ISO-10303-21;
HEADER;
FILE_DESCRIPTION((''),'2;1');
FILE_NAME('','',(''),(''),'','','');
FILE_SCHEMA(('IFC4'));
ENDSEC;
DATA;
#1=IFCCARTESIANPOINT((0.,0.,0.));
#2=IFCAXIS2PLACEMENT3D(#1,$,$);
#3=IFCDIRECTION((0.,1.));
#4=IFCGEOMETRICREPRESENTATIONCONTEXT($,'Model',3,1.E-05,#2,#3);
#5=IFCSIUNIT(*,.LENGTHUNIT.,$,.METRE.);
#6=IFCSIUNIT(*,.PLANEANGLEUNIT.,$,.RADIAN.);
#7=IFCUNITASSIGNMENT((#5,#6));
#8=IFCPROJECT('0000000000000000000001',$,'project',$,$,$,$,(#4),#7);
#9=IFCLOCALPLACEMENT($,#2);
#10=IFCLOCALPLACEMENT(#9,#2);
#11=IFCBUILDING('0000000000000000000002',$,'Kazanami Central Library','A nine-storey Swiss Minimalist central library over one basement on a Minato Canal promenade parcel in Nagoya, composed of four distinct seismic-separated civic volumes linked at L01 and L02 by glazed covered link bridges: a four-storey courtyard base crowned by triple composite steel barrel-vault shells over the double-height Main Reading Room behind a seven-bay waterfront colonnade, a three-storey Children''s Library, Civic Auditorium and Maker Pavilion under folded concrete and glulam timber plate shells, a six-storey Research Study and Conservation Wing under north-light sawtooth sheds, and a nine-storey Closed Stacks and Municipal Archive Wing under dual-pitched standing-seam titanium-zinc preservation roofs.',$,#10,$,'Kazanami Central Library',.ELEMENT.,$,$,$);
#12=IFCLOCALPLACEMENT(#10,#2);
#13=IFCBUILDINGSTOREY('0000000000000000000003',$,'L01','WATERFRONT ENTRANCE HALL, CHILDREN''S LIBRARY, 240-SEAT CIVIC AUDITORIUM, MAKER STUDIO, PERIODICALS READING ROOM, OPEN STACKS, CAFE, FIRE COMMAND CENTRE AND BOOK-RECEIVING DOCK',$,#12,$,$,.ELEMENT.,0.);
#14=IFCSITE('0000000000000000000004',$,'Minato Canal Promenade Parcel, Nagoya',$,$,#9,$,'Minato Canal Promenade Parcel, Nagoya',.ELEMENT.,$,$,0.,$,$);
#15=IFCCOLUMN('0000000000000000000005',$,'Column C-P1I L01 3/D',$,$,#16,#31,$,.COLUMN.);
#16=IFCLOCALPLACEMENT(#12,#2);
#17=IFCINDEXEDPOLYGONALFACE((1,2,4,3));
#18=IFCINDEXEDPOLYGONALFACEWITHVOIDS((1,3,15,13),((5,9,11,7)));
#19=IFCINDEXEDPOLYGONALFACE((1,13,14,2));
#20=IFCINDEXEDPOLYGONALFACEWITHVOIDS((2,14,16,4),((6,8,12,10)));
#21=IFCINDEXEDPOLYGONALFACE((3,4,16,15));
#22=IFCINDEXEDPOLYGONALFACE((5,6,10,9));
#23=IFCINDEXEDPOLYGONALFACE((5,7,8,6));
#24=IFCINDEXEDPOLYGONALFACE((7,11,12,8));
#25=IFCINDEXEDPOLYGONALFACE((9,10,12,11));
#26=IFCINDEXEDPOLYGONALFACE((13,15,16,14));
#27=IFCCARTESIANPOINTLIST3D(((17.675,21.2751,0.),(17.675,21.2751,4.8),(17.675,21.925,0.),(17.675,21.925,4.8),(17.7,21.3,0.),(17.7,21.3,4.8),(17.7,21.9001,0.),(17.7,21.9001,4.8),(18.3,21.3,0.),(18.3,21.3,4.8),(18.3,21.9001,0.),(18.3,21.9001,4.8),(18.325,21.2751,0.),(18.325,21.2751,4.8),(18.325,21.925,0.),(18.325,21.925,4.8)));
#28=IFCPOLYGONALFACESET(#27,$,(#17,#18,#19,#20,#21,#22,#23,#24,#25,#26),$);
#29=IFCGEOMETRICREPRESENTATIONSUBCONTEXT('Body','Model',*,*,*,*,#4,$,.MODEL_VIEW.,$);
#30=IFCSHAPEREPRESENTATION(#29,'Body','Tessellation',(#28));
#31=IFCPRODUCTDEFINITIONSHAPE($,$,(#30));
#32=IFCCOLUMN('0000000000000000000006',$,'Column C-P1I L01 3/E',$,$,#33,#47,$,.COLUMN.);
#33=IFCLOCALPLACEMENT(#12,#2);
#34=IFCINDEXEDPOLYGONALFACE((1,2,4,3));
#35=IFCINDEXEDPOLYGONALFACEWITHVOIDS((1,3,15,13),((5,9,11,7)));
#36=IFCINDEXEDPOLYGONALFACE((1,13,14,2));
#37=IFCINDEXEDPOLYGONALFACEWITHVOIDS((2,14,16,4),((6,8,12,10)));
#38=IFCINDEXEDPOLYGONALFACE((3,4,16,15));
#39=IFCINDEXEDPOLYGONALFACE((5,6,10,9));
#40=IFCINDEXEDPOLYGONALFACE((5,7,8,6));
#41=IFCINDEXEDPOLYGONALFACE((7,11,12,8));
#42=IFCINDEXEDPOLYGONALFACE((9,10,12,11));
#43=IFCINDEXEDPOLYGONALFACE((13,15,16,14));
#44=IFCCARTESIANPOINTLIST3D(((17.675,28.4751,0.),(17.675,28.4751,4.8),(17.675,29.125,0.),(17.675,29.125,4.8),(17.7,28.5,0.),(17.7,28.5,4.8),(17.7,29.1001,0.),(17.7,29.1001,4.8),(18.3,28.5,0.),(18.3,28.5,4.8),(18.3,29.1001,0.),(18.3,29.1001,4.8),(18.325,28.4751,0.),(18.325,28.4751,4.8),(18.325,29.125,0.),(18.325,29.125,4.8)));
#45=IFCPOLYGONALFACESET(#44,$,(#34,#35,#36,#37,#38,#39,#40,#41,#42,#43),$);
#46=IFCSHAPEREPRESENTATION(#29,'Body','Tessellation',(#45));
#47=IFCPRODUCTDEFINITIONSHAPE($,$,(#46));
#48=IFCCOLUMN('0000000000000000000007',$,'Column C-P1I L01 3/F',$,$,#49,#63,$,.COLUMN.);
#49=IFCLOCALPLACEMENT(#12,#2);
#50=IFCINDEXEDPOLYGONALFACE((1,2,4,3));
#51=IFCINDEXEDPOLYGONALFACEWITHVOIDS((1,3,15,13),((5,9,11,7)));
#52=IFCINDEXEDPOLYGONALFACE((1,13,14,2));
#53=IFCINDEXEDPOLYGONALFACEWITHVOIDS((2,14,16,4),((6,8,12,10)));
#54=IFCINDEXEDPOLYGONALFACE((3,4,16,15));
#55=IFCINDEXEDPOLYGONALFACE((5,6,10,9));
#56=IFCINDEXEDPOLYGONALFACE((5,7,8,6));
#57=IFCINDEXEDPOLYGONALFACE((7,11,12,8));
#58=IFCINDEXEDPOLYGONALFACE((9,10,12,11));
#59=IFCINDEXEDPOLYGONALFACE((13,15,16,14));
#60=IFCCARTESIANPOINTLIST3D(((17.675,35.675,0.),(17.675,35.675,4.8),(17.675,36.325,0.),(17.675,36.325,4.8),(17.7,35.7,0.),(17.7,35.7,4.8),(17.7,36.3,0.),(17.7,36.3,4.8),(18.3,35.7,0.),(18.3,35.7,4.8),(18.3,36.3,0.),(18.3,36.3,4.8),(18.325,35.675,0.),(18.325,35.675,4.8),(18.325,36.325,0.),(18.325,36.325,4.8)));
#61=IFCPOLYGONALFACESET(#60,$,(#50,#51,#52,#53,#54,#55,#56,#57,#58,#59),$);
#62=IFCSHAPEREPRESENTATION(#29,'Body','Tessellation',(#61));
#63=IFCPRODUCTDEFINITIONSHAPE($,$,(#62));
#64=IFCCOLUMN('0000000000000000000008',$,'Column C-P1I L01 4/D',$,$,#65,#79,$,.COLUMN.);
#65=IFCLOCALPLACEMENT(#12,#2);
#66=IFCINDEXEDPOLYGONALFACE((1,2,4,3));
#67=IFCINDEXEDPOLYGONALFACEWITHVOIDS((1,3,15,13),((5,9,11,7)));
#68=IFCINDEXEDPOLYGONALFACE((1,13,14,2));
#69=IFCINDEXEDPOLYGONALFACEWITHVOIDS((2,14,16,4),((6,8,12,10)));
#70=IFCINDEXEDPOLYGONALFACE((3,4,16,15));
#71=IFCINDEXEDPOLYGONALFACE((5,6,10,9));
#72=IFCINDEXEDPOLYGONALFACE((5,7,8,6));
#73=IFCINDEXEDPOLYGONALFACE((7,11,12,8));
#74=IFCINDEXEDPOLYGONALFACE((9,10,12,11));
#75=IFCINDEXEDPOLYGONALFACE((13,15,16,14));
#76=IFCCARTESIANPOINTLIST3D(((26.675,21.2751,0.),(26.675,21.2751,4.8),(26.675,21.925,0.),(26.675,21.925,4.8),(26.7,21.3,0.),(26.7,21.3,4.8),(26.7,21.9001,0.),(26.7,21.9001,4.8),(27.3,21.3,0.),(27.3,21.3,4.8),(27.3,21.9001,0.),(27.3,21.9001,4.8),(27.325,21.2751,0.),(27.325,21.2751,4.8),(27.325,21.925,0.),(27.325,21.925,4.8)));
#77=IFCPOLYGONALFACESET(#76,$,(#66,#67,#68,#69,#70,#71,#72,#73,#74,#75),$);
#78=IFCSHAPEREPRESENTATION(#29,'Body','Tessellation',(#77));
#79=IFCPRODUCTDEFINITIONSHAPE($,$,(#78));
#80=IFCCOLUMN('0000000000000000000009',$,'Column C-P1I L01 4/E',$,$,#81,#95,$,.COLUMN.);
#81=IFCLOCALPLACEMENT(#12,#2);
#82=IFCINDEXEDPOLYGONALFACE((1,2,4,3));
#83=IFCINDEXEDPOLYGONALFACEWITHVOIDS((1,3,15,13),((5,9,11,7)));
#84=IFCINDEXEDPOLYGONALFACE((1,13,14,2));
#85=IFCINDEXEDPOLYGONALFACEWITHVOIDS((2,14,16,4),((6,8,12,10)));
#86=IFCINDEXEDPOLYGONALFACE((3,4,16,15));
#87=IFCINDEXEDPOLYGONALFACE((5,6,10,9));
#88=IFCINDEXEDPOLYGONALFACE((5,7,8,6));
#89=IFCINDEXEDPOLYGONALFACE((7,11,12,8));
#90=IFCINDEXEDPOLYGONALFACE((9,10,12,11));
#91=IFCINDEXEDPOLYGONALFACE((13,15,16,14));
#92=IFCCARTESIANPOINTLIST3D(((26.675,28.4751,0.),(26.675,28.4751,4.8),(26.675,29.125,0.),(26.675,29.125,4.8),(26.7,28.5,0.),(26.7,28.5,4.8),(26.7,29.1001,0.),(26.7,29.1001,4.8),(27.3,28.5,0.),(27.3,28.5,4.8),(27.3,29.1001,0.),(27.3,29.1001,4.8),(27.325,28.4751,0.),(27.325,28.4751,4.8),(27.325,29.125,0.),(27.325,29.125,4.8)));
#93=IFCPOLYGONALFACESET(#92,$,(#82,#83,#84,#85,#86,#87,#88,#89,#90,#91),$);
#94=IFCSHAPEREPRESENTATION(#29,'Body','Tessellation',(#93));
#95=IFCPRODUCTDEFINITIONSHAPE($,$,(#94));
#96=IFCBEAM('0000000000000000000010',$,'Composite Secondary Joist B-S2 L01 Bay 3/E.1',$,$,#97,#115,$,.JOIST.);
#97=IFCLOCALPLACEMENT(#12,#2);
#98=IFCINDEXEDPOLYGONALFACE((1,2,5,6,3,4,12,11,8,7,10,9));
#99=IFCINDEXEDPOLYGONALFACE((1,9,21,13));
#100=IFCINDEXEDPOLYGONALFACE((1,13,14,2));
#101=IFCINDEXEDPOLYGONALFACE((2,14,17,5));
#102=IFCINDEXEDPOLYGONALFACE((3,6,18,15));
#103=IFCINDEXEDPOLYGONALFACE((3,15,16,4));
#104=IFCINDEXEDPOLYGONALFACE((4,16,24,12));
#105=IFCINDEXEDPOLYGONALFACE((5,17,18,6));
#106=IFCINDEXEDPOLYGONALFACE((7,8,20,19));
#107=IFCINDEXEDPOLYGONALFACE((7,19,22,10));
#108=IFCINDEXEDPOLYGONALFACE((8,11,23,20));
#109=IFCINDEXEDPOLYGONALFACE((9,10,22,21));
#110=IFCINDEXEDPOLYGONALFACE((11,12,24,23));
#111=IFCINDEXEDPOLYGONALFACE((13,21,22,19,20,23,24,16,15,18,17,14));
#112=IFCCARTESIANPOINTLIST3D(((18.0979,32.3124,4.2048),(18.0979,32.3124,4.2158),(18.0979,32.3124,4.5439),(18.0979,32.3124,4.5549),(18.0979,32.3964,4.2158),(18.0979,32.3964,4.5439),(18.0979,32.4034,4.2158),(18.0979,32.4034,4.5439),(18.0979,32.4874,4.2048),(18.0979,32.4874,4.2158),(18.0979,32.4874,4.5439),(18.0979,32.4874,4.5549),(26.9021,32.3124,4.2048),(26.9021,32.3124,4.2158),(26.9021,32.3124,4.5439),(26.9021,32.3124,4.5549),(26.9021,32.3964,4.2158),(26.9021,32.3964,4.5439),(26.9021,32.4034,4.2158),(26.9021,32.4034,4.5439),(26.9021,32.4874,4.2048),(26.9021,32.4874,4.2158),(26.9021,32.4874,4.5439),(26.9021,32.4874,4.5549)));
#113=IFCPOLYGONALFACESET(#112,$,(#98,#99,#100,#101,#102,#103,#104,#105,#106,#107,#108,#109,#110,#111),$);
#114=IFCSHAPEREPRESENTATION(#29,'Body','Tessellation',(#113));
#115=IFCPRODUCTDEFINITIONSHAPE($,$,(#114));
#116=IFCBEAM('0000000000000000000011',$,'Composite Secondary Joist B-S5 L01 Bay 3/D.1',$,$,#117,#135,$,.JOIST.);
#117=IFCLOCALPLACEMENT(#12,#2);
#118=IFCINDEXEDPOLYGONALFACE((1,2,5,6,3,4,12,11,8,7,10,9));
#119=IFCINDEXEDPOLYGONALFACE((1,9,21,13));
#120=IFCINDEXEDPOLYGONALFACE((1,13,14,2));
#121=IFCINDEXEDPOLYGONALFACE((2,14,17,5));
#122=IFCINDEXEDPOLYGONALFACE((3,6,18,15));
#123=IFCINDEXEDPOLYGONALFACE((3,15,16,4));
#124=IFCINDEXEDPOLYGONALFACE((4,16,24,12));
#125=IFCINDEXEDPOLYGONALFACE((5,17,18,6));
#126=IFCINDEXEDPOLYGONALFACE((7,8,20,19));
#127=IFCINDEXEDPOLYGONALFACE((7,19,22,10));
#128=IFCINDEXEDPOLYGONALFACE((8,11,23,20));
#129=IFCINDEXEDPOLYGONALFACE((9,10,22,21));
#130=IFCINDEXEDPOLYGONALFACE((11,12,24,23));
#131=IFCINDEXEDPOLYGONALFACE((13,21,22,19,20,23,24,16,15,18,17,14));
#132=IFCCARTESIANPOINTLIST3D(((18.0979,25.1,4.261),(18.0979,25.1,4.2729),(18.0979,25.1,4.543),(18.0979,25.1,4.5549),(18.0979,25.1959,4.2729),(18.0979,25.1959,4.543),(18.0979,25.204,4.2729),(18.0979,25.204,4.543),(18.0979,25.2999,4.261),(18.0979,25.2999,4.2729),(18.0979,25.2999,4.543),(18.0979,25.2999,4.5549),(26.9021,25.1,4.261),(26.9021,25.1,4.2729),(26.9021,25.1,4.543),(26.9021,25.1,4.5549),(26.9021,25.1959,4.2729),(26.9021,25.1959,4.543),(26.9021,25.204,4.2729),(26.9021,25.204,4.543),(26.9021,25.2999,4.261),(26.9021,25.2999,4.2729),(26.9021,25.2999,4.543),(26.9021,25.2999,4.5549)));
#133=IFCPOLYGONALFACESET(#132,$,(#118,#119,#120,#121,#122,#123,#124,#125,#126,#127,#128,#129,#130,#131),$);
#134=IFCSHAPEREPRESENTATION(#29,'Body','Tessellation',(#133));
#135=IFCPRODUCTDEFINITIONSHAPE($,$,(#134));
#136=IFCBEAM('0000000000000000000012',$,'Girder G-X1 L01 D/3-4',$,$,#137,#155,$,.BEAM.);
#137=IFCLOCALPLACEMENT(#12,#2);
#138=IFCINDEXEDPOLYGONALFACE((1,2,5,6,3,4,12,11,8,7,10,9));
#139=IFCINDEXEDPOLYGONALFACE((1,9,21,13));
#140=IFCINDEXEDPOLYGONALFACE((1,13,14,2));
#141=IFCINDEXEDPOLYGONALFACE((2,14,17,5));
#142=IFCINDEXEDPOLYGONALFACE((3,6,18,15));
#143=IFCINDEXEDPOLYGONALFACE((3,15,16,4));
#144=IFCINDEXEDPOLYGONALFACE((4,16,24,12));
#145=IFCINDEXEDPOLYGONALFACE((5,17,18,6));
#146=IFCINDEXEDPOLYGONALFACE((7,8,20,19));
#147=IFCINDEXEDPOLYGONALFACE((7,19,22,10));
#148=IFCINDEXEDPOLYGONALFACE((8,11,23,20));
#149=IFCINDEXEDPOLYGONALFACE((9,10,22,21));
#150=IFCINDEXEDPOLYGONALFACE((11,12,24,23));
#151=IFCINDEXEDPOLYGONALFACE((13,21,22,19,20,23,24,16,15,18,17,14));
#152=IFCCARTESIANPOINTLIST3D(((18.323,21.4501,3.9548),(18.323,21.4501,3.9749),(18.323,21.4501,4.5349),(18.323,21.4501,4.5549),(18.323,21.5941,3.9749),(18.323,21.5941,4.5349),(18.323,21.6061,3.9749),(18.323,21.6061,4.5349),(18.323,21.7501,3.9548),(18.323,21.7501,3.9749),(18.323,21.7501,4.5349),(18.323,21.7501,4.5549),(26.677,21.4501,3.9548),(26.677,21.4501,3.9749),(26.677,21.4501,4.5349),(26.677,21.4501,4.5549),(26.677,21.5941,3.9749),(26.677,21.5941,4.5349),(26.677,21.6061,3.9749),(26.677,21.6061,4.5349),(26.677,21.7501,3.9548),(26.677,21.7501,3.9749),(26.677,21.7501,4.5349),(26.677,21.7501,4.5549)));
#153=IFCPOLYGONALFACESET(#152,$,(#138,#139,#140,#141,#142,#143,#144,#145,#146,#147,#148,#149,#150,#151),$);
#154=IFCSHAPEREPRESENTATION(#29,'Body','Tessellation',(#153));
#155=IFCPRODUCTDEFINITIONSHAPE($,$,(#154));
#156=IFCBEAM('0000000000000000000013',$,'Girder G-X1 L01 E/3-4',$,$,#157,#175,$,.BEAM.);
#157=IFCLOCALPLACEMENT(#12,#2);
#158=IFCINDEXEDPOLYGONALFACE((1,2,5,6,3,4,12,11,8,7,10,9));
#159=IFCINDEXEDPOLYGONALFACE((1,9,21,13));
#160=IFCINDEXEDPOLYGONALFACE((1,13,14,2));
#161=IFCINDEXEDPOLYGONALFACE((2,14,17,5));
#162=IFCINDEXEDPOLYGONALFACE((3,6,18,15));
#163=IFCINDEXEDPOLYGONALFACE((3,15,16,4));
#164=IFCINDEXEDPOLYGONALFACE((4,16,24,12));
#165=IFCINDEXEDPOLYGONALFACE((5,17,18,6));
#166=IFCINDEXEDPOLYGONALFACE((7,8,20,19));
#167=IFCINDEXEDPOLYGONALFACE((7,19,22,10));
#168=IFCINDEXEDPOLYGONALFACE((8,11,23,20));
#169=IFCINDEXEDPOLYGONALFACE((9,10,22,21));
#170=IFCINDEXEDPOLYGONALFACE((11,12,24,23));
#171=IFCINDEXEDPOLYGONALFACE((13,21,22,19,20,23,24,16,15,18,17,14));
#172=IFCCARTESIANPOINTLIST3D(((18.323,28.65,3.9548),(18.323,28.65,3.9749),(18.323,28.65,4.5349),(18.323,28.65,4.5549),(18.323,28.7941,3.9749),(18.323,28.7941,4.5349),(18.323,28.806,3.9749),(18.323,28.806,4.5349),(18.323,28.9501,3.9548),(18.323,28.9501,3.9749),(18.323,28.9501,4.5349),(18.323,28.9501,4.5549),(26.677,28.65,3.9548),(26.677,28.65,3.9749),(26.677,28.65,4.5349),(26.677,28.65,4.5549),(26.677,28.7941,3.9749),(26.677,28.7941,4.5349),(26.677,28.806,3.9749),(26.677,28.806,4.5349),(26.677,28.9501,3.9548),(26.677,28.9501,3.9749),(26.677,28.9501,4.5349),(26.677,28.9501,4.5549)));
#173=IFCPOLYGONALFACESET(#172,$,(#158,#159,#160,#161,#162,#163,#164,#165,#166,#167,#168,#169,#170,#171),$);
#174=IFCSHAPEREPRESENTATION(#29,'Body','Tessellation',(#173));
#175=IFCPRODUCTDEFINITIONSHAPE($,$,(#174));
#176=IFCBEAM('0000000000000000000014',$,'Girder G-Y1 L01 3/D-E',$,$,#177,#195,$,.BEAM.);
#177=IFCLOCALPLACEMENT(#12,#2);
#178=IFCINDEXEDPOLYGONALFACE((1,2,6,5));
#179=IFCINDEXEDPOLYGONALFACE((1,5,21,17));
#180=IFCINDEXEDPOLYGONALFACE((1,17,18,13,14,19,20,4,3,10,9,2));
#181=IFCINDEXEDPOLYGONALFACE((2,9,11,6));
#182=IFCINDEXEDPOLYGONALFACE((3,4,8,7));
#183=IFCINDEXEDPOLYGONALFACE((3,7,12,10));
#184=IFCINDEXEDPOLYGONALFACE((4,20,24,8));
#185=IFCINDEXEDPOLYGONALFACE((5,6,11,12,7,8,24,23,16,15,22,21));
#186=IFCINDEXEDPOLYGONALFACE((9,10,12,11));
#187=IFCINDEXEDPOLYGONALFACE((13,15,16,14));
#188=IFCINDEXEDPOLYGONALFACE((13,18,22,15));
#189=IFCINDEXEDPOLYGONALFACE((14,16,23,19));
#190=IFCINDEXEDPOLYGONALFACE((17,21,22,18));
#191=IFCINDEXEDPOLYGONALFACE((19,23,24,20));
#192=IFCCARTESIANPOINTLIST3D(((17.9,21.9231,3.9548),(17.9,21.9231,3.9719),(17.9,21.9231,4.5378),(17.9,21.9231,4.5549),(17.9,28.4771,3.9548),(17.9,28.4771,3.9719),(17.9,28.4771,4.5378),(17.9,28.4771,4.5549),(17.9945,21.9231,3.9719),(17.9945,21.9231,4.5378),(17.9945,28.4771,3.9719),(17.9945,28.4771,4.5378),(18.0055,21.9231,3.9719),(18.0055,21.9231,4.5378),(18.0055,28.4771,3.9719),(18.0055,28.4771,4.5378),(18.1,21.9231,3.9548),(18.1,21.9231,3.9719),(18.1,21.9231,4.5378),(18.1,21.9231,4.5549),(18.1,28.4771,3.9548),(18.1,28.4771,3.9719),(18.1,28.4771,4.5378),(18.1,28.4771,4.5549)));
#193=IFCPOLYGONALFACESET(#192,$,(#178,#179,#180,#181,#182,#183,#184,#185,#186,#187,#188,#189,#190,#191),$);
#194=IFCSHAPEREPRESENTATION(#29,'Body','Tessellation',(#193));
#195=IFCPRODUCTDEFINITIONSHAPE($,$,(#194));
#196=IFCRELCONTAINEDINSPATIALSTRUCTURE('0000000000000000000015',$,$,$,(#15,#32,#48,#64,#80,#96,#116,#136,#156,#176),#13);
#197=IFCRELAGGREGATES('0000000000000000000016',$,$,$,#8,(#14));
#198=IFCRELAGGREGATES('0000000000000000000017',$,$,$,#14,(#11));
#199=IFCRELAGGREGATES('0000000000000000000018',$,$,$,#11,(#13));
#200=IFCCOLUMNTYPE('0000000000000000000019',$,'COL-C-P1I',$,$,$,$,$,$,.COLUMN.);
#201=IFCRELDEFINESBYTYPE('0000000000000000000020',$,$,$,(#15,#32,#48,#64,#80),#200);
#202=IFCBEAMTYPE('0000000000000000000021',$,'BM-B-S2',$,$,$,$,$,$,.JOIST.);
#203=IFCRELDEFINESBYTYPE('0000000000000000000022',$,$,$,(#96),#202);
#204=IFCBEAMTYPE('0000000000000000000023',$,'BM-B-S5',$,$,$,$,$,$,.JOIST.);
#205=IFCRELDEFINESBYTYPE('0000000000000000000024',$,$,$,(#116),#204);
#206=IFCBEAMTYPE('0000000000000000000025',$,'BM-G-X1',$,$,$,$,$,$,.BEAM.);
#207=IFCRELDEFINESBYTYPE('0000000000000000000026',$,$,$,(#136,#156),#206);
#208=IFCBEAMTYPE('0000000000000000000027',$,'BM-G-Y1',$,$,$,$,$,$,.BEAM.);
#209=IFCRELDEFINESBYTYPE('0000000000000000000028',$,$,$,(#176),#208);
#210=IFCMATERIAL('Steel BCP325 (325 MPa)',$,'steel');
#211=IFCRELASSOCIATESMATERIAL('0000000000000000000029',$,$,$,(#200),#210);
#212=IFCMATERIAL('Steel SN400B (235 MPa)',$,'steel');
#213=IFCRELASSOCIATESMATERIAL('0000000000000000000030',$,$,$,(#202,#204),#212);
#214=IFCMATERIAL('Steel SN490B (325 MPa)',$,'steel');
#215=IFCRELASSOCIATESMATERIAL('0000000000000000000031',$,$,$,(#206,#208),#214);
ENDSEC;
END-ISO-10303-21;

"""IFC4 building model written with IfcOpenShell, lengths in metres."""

from ifc_helpers import new_model, si_unit, direction, frame, origin, origin_2d, place, context, subcontext, project, spatial, hollow_rectangle, i_section, extrude, material, material_profile, profile_set, type_object, element, save


model = new_model("IFC4")

# Units and contexts
model_context = context("Model", 3, precision=1e-05, world=origin(), true_north=direction((0.0, 1.0)))
body_context = subcontext(model_context, "Body", "Model", "MODEL_VIEW")
ifc_project = project(units=[si_unit("LENGTHUNIT", "METRE"), si_unit("PLANEANGLEUNIT", "RADIAN")], contexts=[model_context])

# Site, building, storey
site_placement = place(None, origin())
site = spatial("IfcSite", under=ifc_project, at=site_placement, Name="Minato Canal Promenade Parcel, Nagoya", LongName="Minato Canal Promenade Parcel, Nagoya", CompositionType="ELEMENT", RefElevation=0.0)
building_placement = place(site_placement, origin())
building = spatial("IfcBuilding", under=site, at=building_placement, Name="Kazanami Central Library", Description="A nine-storey Swiss Minimalist central library over one basement on a Minato Canal promenade parcel in Nagoya, composed of four distinct seismic-separated civic volumes linked at L01 and L02 by glazed covered link bridges: a four-storey courtyard base crowned by triple composite steel barrel-vault shells over the double-height Main Reading Room behind a seven-bay waterfront colonnade, a three-storey Children's Library, Civic Auditorium and Maker Pavilion under folded concrete and glulam timber plate shells, a six-storey Research Study and Conservation Wing under north-light sawtooth sheds, and a nine-storey Closed Stacks and Municipal Archive Wing under dual-pitched standing-seam titanium-zinc preservation roofs.", LongName="Kazanami Central Library", CompositionType="ELEMENT")
storey_placement = place(building_placement, origin())
storey = spatial("IfcBuildingStorey", under=building, at=storey_placement, Name="L01", Description="WATERFRONT ENTRANCE HALL, CHILDREN'S LIBRARY, 240-SEAT CIVIC AUDITORIUM, MAKER STUDIO, PERIODICALS READING ROOM, OPEN STACKS, CAFE, FIRE COMMAND CENTRE AND BOOK-RECEIVING DOCK", CompositionType="ELEMENT", Elevation=0.0)

# Columns
ifc_material_1 = material(Name="Steel BCP325 (325 MPa)", Category="steel")
ifc_material_profile_1 = material_profile(ifc_material_1, hollow_rectangle(XDim=0.6499, YDim=0.6499, WallThickness=0.0249, at=origin_2d()), Name="BCP-650x650x25")
ifc_profile_set_1 = profile_set([ifc_material_profile_1], Name="Steel BCP325 (325 MPa)")
column_type = type_object("IfcColumnType", Name="COL-C-P1I", PredefinedType="COLUMN", material=ifc_profile_set_1)
for number, where, z_axis, x_axis, name in (
    (1, (18.0, 21.6001, 0.0), (0.0, 0.0, 1.0), (1.0, 0.0, 0.0), "Column C-P1I L01 3/D"),
    (2, (18.0, 28.8, 0.0), (0.0, 0.0, 1.0), (1.0, 0.0, 0.0), "Column C-P1I L01 3/E"),
    (3, (18.0, 36.0, 0.0), (0.0, 0.0, 1.0), (1.0, 0.0, 0.0), "Column C-P1I L01 3/F"),
    (4, (27.0, 21.6001, 0.0), (0.0, 0.0, 1.0), (1.0, 0.0, 0.0), "Column C-P1I L01 4/D"),
    (5, (27.0, 28.8, 0.0), (0.0, 0.0, 1.0), (1.0, 0.0, 0.0), "Column C-P1I L01 4/E"),
):
    element("IfcColumn", number, at=place(storey_placement, frame(where, z_axis=z_axis, x_axis=x_axis)), inside=storey, type_object=column_type, Name=name, PredefinedType="COLUMN", context=body_context, shape_type="SweptSolid", body=[
        extrude(hollow_rectangle(XDim=0.6499, YDim=0.6499, WallThickness=0.0249, at=origin_2d()), origin(), (0.0, 0.0, 1.0), 4.8),
    ])

# Beams
ifc_material_2 = material(Name="Steel SN400B (235 MPa)", Category="steel")
ifc_material_profile_2 = material_profile(ifc_material_2, i_section(OverallWidth=0.175, OverallDepth=0.3501, WebThickness=0.0071, FlangeThickness=0.011, at=origin_2d()), Name="H-350x175x7x11")
ifc_profile_set_2 = profile_set([ifc_material_profile_2], Name="Steel SN400B (235 MPa)")
beam_type_1 = type_object("IfcBeamType", Name="BM-B-S2", PredefinedType="JOIST", material=ifc_profile_set_2)
beam_1_placement = place(storey_placement, frame((18.0979, 32.3999, 4.3799), z_axis=(1.0, 0.0, 0.0), x_axis=(0.0, 1.0, 0.0)))
element("IfcBeam", 6, at=beam_1_placement, inside=storey, type_object=beam_type_1, Name="Composite Secondary Joist B-S2 L01 Bay 3/E.1", PredefinedType="JOIST", context=body_context, shape_type="SweptSolid", body=[
    extrude(i_section(OverallWidth=0.175, OverallDepth=0.3501, WebThickness=0.0071, FlangeThickness=0.011, at=origin_2d()), origin(), (0.0, 0.0, 1.0), 8.8042),
])
ifc_material_profile_3 = material_profile(ifc_material_2, i_section(OverallWidth=0.2, OverallDepth=0.2939, WebThickness=0.0081, FlangeThickness=0.012, at=origin_2d()), Name="H-294x200x8x12")
ifc_profile_set_3 = profile_set([ifc_material_profile_3], Name="Steel SN400B (235 MPa)")
beam_type_2 = type_object("IfcBeamType", Name="BM-B-S5", PredefinedType="JOIST", material=ifc_profile_set_3)
beam_2_placement = place(storey_placement, frame((18.0979, 25.2, 4.408), z_axis=(1.0, 0.0, 0.0), x_axis=(0.0, 1.0, 0.0)))
element("IfcBeam", 7, at=beam_2_placement, inside=storey, type_object=beam_type_2, Name="Composite Secondary Joist B-S5 L01 Bay 3/D.1", PredefinedType="JOIST", context=body_context, shape_type="SweptSolid", body=[
    extrude(i_section(OverallWidth=0.2, OverallDepth=0.2939, WebThickness=0.0081, FlangeThickness=0.012, at=origin_2d()), origin(), (0.0, 0.0, 1.0), 8.8042),
])
ifc_material_3 = material(Name="Steel SN490B (325 MPa)", Category="steel")
ifc_material_profile_4 = material_profile(ifc_material_3, i_section(OverallWidth=0.3, OverallDepth=0.6001, WebThickness=0.012, FlangeThickness=0.02, at=origin_2d()), Name="H-600x300x12x20")
ifc_profile_set_4 = profile_set([ifc_material_profile_4], Name="Steel SN490B (325 MPa)")
beam_type_3 = type_object("IfcBeamType", Name="BM-G-X1", PredefinedType="BEAM", material=ifc_profile_set_4)
for number, where, z_axis, x_axis, name in (
    (8, (18.323, 21.6001, 4.2549), (1.0, 0.0, 0.0), (0.0, 1.0, 0.0), "Girder G-X1 L01 D/3-4"),
    (9, (18.323, 28.8, 4.2549), (1.0, 0.0, 0.0), (0.0, 1.0, 0.0), "Girder G-X1 L01 E/3-4"),
):
    element("IfcBeam", number, at=place(storey_placement, frame(where, z_axis=z_axis, x_axis=x_axis)), inside=storey, type_object=beam_type_3, Name=name, PredefinedType="BEAM", context=body_context, shape_type="SweptSolid", body=[
        extrude(i_section(OverallWidth=0.3, OverallDepth=0.6001, WebThickness=0.012, FlangeThickness=0.02, at=origin_2d()), origin(), (0.0, 0.0, 1.0), 8.354),
    ])
ifc_material_profile_5 = material_profile(ifc_material_3, i_section(OverallWidth=0.2, OverallDepth=0.6001, WebThickness=0.011, FlangeThickness=0.0171, at=origin_2d()), Name="H-600x200x11x17")
ifc_profile_set_5 = profile_set([ifc_material_profile_5], Name="Steel SN490B (325 MPa)")
beam_type_4 = type_object("IfcBeamType", Name="BM-G-Y1", PredefinedType="BEAM", material=ifc_profile_set_5)
for number, where, z_axis, x_axis, name in (
    (10, (18.0, 21.9231, 4.2549), (0.0, 1.0, 0.0), (-1.0, 0.0, 0.0), "Girder G-Y1 L01 3/D-E"),
):
    element("IfcBeam", number, at=place(storey_placement, frame(where, z_axis=z_axis, x_axis=x_axis)), inside=storey, type_object=beam_type_4, Name=name, PredefinedType="BEAM", context=body_context, shape_type="SweptSolid", body=[
        extrude(i_section(OverallWidth=0.2, OverallDepth=0.6001, WebThickness=0.011, FlangeThickness=0.0171, at=origin_2d()), origin(), (0.0, 0.0, 1.0), 6.554),
    ])

save(model, "model.ifc")
